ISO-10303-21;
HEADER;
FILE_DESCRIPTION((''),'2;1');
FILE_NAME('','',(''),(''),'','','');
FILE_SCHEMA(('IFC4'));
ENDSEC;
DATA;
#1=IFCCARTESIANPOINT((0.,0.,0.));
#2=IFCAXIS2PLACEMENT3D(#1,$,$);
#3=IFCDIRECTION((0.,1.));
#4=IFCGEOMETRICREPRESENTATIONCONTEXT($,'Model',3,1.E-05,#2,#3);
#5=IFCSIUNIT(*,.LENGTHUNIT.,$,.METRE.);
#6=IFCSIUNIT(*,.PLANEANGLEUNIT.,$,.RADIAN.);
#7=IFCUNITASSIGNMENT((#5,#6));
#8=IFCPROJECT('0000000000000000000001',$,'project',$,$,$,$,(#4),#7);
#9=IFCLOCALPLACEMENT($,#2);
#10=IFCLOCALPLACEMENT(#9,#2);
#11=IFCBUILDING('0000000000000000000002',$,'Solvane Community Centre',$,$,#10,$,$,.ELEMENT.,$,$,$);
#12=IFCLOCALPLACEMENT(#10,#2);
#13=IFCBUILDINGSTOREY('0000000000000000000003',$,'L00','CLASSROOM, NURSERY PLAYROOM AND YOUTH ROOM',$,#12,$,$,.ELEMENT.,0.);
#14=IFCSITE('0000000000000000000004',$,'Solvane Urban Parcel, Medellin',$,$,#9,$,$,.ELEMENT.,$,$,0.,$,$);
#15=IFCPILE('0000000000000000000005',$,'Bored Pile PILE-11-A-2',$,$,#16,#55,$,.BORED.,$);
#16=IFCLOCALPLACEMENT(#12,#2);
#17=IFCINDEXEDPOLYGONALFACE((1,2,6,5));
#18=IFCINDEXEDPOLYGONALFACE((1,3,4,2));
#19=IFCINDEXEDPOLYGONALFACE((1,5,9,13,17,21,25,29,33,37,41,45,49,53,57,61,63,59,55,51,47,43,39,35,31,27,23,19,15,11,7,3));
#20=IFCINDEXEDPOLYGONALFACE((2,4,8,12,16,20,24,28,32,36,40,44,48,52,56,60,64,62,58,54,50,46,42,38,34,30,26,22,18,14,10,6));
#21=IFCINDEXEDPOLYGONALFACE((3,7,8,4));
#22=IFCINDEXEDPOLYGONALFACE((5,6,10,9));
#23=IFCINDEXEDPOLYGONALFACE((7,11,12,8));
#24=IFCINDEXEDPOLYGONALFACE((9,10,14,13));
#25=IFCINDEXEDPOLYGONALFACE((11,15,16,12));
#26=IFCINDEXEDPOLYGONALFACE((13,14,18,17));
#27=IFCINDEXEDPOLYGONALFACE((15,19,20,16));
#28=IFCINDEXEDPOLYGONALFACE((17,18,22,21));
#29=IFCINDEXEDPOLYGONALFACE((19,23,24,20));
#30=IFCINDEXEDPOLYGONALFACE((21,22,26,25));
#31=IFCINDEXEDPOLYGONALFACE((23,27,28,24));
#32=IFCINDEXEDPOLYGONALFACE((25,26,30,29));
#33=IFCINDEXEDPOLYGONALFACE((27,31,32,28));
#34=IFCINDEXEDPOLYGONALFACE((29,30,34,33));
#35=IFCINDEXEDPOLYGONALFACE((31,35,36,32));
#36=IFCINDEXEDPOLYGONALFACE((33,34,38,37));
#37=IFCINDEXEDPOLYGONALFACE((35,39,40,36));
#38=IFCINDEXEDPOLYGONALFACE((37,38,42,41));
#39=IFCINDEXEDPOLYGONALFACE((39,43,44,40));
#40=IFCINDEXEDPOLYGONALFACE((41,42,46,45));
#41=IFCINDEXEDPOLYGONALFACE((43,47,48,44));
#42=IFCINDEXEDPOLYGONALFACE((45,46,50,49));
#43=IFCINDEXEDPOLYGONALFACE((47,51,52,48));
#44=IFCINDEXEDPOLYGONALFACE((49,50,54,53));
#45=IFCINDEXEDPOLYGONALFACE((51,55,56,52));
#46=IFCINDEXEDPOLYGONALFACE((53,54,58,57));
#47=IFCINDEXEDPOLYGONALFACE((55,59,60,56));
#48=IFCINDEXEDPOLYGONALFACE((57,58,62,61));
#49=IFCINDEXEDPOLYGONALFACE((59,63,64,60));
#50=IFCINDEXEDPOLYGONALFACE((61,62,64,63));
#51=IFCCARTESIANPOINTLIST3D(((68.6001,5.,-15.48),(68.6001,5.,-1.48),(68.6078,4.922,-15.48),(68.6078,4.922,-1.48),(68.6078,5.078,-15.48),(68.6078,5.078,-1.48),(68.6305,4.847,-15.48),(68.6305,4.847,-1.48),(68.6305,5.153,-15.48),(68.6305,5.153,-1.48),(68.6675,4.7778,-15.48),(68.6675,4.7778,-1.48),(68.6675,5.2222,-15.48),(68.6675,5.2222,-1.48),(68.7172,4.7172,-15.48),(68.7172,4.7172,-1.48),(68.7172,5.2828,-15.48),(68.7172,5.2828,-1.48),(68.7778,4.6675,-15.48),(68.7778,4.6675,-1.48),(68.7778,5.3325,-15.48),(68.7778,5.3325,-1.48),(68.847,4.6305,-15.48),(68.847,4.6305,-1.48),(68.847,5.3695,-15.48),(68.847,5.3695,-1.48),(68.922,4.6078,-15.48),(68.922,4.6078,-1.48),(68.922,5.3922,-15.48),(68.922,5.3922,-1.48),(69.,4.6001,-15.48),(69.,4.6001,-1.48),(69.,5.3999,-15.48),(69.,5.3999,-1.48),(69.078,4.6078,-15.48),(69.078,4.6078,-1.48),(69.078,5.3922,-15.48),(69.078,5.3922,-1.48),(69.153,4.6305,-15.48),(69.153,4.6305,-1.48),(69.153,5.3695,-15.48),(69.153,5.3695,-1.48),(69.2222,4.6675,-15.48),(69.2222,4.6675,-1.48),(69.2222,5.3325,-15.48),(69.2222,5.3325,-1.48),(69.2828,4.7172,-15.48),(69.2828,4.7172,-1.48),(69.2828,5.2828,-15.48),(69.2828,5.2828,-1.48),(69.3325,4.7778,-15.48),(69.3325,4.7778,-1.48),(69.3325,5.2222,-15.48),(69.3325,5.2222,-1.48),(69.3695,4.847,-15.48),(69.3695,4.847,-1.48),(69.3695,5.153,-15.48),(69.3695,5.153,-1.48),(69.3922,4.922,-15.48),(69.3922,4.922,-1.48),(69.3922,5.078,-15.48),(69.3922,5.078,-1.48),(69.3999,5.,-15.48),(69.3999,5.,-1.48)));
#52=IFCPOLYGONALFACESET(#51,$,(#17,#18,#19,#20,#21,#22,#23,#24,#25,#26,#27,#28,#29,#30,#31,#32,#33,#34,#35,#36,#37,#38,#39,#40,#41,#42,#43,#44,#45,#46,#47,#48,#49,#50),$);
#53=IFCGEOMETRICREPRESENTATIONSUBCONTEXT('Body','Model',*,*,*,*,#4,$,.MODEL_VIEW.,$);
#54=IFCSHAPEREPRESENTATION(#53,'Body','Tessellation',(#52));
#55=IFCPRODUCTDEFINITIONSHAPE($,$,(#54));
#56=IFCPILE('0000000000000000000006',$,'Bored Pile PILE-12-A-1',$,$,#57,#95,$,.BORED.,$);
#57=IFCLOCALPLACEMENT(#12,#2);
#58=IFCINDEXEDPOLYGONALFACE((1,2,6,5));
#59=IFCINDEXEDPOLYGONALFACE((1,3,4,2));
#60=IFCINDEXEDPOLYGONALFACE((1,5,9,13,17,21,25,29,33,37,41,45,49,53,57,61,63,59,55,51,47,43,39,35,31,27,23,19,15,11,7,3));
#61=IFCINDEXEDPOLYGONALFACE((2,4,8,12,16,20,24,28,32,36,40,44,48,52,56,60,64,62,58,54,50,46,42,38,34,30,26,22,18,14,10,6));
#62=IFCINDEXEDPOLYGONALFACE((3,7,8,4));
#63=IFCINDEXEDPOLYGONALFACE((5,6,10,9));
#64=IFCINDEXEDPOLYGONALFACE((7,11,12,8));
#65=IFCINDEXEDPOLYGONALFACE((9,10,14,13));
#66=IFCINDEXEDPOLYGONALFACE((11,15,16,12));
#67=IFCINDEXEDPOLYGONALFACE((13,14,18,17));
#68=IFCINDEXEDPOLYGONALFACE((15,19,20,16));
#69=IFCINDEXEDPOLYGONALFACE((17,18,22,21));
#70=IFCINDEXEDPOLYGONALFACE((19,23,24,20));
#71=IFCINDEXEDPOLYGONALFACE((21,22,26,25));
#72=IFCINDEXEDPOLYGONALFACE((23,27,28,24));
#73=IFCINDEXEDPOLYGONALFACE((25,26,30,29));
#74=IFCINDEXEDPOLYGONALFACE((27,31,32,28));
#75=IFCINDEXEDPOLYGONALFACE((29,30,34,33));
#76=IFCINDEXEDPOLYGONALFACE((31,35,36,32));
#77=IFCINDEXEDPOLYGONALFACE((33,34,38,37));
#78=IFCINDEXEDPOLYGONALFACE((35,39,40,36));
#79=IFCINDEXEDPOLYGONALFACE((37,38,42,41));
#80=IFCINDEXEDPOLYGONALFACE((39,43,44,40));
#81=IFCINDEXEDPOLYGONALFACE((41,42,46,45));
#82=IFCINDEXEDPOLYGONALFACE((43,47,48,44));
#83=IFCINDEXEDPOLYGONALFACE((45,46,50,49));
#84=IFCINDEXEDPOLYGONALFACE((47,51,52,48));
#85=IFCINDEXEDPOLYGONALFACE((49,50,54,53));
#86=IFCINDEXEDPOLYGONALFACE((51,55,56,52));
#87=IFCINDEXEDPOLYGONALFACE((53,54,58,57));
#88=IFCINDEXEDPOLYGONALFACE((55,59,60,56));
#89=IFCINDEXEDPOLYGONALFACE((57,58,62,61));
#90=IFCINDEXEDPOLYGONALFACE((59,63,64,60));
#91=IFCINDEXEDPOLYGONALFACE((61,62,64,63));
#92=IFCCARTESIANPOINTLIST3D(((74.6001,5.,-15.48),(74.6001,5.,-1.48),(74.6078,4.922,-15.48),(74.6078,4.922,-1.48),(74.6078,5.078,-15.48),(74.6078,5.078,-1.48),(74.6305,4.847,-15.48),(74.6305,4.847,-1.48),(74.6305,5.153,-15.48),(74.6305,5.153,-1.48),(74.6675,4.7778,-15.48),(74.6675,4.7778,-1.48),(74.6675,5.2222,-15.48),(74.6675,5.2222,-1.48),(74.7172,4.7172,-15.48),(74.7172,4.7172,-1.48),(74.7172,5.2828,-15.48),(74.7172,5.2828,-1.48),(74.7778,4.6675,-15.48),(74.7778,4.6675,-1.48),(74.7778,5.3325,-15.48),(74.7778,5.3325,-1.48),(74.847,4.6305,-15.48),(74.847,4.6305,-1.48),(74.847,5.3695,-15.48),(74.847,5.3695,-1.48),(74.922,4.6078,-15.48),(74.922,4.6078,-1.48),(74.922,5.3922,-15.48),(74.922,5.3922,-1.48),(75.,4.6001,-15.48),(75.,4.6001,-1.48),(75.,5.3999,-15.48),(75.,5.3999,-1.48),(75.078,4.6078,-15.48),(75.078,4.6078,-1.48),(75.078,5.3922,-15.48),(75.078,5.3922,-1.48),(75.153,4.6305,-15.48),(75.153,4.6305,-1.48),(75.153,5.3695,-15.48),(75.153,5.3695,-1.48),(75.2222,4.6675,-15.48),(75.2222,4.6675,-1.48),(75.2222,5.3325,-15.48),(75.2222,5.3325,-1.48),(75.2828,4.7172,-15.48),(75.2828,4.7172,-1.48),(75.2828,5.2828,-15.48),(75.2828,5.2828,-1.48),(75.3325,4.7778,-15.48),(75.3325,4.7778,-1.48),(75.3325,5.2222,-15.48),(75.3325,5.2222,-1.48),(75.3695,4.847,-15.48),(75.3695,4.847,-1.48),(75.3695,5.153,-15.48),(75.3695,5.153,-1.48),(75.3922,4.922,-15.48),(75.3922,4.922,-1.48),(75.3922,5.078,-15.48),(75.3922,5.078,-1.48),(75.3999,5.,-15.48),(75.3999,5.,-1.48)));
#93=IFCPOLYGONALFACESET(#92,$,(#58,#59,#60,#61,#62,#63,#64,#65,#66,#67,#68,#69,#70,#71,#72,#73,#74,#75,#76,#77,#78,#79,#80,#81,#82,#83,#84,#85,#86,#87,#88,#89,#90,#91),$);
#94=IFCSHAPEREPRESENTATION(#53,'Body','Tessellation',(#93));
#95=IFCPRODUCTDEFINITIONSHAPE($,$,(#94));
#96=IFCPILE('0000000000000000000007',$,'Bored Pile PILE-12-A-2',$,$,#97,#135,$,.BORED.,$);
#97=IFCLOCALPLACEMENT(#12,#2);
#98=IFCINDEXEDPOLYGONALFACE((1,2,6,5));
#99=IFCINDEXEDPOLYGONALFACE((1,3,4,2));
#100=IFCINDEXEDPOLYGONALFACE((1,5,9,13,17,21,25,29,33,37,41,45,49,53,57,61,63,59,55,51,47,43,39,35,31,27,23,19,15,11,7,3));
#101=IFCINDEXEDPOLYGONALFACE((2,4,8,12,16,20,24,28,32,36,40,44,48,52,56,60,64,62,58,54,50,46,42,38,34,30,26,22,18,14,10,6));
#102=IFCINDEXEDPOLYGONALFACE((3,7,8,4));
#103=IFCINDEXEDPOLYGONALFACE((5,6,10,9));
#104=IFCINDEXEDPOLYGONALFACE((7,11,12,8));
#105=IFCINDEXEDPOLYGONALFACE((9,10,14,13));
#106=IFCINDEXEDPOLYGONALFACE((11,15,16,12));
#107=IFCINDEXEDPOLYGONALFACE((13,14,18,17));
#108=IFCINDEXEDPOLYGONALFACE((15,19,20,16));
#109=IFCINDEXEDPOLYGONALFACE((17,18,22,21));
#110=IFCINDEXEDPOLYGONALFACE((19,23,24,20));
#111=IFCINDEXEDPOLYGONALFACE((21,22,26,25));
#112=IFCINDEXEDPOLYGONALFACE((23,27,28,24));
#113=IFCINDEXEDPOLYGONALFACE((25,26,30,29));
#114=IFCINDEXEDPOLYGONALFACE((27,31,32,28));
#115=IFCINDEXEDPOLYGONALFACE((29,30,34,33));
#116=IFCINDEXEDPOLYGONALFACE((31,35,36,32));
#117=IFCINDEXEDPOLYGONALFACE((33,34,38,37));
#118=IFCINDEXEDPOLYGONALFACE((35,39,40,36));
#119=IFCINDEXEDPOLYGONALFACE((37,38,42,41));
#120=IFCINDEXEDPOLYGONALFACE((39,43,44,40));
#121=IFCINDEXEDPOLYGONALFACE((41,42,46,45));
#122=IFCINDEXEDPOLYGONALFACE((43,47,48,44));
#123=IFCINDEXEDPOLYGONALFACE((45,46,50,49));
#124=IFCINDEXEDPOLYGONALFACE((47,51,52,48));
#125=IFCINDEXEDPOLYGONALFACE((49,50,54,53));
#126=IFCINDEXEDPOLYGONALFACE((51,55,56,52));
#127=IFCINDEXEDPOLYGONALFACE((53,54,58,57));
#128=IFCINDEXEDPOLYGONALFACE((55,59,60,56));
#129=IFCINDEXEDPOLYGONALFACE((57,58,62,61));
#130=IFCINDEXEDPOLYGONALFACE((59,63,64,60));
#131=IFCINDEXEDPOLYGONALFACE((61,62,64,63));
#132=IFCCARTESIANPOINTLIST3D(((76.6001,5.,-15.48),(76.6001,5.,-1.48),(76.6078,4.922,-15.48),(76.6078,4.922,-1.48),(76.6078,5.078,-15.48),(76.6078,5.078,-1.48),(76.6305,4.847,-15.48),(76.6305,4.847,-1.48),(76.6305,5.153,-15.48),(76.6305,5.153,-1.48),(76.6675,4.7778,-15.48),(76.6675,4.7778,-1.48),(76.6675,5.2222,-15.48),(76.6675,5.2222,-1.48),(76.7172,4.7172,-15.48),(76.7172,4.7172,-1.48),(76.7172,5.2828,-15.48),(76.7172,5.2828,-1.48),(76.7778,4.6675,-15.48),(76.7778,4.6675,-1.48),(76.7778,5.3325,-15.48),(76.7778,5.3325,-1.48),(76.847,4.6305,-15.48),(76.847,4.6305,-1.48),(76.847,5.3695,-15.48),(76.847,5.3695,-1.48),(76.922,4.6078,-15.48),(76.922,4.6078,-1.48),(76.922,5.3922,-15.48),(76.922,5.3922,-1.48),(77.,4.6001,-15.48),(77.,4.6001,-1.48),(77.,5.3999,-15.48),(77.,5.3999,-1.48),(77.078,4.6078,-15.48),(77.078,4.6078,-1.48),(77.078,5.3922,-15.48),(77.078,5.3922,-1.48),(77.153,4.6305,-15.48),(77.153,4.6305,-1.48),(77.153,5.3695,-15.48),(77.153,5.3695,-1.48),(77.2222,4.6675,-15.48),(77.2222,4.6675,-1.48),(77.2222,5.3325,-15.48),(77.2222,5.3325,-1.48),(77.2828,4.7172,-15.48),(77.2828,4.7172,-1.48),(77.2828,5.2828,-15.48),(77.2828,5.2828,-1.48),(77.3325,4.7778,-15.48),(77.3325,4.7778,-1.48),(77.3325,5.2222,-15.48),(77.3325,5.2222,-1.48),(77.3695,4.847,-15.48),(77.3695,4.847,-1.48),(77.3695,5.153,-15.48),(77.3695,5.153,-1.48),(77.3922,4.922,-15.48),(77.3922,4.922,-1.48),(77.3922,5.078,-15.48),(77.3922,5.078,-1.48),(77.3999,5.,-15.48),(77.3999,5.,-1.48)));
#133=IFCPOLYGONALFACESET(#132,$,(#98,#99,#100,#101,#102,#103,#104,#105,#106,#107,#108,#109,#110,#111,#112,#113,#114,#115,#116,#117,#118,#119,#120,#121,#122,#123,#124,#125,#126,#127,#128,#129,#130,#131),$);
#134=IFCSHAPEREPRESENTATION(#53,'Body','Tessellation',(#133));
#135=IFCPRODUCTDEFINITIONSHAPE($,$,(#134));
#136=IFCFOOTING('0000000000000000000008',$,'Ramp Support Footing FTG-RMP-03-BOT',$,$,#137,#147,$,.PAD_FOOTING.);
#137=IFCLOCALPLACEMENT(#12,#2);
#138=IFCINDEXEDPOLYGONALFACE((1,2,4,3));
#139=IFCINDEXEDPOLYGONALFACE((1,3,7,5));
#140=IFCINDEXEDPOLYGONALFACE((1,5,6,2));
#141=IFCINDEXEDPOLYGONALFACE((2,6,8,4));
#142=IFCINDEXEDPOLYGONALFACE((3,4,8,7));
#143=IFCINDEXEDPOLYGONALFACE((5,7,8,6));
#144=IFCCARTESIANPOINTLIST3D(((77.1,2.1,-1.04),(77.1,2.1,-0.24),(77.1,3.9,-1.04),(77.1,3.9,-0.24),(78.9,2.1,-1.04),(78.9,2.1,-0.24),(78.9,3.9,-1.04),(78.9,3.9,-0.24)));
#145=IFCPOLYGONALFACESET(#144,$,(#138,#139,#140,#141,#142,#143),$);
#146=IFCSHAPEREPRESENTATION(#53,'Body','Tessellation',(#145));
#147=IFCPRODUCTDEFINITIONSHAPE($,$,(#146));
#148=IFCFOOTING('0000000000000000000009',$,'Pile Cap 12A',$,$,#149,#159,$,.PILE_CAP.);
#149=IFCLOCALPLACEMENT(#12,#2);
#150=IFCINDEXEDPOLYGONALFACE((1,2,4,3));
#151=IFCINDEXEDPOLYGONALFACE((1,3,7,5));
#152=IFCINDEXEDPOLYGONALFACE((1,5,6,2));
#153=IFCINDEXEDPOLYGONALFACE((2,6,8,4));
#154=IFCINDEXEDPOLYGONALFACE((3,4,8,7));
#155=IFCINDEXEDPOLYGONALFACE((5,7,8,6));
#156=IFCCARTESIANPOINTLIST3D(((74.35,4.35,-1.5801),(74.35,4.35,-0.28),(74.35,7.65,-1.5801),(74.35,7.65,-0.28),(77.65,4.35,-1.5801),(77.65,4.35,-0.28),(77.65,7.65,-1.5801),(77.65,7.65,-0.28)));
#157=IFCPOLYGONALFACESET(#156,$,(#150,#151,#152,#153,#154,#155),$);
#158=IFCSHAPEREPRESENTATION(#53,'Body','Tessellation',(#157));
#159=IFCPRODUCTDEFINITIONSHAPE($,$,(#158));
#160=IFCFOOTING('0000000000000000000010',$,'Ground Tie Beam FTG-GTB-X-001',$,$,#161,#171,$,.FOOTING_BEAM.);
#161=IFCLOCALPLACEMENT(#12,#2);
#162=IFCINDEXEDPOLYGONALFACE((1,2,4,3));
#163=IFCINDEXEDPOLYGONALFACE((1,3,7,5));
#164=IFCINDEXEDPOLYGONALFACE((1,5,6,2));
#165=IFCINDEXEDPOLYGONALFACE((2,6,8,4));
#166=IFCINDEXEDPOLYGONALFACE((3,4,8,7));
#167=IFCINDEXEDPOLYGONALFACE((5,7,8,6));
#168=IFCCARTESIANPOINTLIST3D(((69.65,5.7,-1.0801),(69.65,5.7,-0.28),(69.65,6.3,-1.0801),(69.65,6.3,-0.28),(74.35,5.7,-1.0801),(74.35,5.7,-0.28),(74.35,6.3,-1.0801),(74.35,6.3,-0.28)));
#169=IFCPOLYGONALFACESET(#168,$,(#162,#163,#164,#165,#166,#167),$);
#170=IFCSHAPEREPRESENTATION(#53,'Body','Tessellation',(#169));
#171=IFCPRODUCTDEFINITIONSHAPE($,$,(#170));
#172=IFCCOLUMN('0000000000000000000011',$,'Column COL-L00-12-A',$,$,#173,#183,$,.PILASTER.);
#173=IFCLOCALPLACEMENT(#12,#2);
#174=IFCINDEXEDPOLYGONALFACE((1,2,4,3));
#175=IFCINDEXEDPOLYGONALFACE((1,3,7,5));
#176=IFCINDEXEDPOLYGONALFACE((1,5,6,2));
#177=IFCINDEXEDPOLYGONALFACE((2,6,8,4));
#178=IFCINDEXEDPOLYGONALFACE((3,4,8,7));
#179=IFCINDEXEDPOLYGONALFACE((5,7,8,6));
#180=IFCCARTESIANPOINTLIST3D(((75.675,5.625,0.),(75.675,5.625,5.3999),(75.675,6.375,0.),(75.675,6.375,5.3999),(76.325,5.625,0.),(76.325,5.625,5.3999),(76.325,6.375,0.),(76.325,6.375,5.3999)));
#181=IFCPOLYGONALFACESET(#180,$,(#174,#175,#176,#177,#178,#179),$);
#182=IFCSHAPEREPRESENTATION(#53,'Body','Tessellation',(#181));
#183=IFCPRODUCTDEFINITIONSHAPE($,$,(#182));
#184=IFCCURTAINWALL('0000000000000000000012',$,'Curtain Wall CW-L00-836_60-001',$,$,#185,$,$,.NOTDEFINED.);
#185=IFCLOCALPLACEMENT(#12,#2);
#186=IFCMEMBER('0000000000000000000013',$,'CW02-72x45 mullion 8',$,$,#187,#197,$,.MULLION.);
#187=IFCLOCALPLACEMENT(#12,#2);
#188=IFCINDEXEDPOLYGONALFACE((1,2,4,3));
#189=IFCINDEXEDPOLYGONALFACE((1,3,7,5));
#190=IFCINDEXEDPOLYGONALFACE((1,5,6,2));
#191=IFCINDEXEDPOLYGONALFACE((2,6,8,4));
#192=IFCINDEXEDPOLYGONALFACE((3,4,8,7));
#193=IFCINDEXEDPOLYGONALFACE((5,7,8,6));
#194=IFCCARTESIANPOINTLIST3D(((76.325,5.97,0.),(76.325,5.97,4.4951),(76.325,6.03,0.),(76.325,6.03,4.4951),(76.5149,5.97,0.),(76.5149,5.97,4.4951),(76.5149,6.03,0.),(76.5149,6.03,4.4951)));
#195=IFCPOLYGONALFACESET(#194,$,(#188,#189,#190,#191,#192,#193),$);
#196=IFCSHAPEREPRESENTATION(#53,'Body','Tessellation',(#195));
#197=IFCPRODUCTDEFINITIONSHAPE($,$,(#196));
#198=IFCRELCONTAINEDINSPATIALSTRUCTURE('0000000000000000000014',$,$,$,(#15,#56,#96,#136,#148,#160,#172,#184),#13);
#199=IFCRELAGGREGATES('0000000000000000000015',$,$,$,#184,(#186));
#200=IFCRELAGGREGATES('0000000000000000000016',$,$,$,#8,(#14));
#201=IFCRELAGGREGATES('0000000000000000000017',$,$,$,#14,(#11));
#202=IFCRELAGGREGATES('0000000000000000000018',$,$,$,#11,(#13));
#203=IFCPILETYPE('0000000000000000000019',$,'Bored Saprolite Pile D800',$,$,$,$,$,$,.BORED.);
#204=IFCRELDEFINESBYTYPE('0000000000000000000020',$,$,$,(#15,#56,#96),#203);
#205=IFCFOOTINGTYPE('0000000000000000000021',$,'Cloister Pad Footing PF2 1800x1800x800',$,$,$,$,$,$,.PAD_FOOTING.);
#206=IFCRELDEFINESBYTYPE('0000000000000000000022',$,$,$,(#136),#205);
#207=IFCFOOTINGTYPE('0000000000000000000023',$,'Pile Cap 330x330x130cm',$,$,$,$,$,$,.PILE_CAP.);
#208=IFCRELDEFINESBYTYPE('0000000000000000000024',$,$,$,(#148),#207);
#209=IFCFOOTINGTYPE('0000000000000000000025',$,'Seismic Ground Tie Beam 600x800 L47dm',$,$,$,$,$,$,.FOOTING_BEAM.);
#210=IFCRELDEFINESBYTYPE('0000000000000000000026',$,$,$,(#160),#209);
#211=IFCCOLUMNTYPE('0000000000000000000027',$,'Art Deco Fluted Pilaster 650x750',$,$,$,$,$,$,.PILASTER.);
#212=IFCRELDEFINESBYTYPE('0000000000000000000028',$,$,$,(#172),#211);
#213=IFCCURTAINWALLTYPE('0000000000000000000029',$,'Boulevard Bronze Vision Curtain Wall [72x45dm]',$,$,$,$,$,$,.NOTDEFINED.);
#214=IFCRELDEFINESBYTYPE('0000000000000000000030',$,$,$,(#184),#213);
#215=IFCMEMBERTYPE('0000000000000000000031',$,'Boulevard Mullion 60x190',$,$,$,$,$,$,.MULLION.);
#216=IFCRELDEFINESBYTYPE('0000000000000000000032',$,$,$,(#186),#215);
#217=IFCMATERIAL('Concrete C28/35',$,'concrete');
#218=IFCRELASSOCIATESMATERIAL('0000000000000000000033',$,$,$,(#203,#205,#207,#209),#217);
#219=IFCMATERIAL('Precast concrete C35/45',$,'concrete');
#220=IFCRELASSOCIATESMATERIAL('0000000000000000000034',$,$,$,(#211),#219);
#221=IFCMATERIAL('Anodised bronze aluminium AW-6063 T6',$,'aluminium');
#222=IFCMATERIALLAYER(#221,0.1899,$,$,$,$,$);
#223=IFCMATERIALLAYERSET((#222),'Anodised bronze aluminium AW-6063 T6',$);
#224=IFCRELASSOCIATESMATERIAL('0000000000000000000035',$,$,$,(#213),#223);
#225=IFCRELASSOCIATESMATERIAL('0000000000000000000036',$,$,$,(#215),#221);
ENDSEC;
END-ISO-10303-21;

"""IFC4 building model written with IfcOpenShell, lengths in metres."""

from ifc_helpers import new_model, si_unit, direction, frame, origin, origin_2d, place, context, subcontext, project, spatial, rectangle, circle, extrude, material, layer, layer_set, material_profile, profile_set, type_object, element, aggregate, save


model = new_model("IFC4")

# Units and contexts
model_context = context("Model", 3, precision=1e-05, world=origin(), true_north=direction((0.0, 1.0)))
body_context = subcontext(model_context, "Body", "Model", "MODEL_VIEW")
ifc_project = project(units=[si_unit("LENGTHUNIT", "METRE"), si_unit("PLANEANGLEUNIT", "RADIAN")], contexts=[model_context])

# Site, building, storey
site_placement = place(None, origin())
site = spatial("IfcSite", under=ifc_project, at=site_placement, Name="Solvane Urban Parcel, Medellin", CompositionType="ELEMENT", RefElevation=0.0)
building_placement = place(site_placement, origin())
building = spatial("IfcBuilding", under=site, at=building_placement, Name="Solvane Community Centre", CompositionType="ELEMENT")
storey_placement = place(building_placement, origin())
storey = spatial("IfcBuildingStorey", under=building, at=storey_placement, Name="L00", Description="CLASSROOM, NURSERY PLAYROOM AND YOUTH ROOM", CompositionType="ELEMENT", Elevation=0.0)

# Piles
ifc_material_1 = material(Name="Concrete C28/35", Category="concrete")
ifc_material_profile_1 = material_profile(ifc_material_1, circle(Radius=0.3999, at=origin_2d()), Name="PILE D800")
ifc_profile_set_1 = profile_set([ifc_material_profile_1], Name="Concrete C28/35")
pile_type = type_object("IfcPileType", Name="Bored Saprolite Pile D800", PredefinedType="BORED", material=ifc_profile_set_1)
for number, where, z_axis, x_axis, name in (
    (1, (69.0, 5.0, -1.48), (0.0, 0.0, -1.0), (1.0, 0.0, 0.0), "Bored Pile PILE-11-A-2"),
    (2, (75.0, 5.0, -1.48), (0.0, 0.0, -1.0), (1.0, 0.0, 0.0), "Bored Pile PILE-12-A-1"),
    (3, (77.0, 5.0, -1.48), (0.0, 0.0, -1.0), (1.0, 0.0, 0.0), "Bored Pile PILE-12-A-2"),
):
    element("IfcPile", number, at=place(storey_placement, frame(where, z_axis=z_axis, x_axis=x_axis)), inside=storey, type_object=pile_type, Name=name, PredefinedType="BORED", context=body_context, shape_type="SweptSolid", body=[
        extrude(circle(Radius=0.3999, at=origin_2d()), origin(), (0.0, 0.0, 1.0), 14.0),
    ])

# Footings
footing_type_1 = type_object("IfcFootingType", Name="Cloister Pad Footing PF2 1800x1800x800", PredefinedType="PAD_FOOTING", material=ifc_material_1)
footing_1_placement = place(storey_placement, frame((78.0, 3.0, -1.04), z_axis=(0.0, 0.0, 1.0), x_axis=(1.0, 0.0, 0.0)))
element("IfcFooting", 4, at=footing_1_placement, inside=storey, type_object=footing_type_1, Name="Ramp Support Footing FTG-RMP-03-BOT", PredefinedType="PAD_FOOTING", context=body_context, shape_type="SweptSolid", body=[
    extrude(rectangle(XDim=1.8, YDim=1.8, at=origin_2d()), origin(), (0.0, 0.0, 1.0), 0.8),
])
footing_type_2 = type_object("IfcFootingType", Name="Pile Cap 330x330x130cm", PredefinedType="PILE_CAP", material=ifc_material_1)
footing_2_placement = place(storey_placement, frame((76.0, 6.0, -1.5801), z_axis=(0.0, 0.0, 1.0), x_axis=(1.0, 0.0, 0.0)))
element("IfcFooting", 5, at=footing_2_placement, inside=storey, type_object=footing_type_2, Name="Pile Cap 12A", PredefinedType="PILE_CAP", context=body_context, shape_type="SweptSolid", body=[
    extrude(rectangle(XDim=3.3, YDim=3.3, at=origin_2d()), origin(), (0.0, 0.0, 1.0), 1.3),
])
footing_type_3 = type_object("IfcFootingType", Name="Seismic Ground Tie Beam 600x800 L47dm", PredefinedType="FOOTING_BEAM", material=ifc_material_1)
footing_3_placement = place(storey_placement, frame((72.0, 6.0, -1.0801), z_axis=(0.0, 0.0, 1.0), x_axis=(1.0, 0.0, 0.0)))
element("IfcFooting", 6, at=footing_3_placement, inside=storey, type_object=footing_type_3, Name="Ground Tie Beam FTG-GTB-X-001", PredefinedType="FOOTING_BEAM", context=body_context, shape_type="SweptSolid", body=[
    extrude(rectangle(XDim=4.7, YDim=0.6001, at=origin_2d()), origin(), (0.0, 0.0, 1.0), 0.8),
])

# Column
ifc_material_2 = material(Name="Precast concrete C35/45", Category="concrete")
ifc_material_profile_2 = material_profile(ifc_material_2, rectangle(XDim=0.6499, YDim=0.75, at=origin_2d()), Name="RC 650x750")
ifc_profile_set_2 = profile_set([ifc_material_profile_2], Name="Precast concrete C35/45")
column_type = type_object("IfcColumnType", Name="Art Deco Fluted Pilaster 650x750", PredefinedType="PILASTER", material=ifc_profile_set_2)
column_placement = place(storey_placement, frame((76.0, 6.0, 0.0), z_axis=(0.0, 0.0, 1.0), x_axis=(1.0, 0.0, 0.0)))
element("IfcColumn", 7, at=column_placement, inside=storey, type_object=column_type, Name="Column COL-L00-12-A", PredefinedType="PILASTER", context=body_context, shape_type="SweptSolid", body=[
    extrude(rectangle(XDim=0.6499, YDim=0.75, at=origin_2d()), origin(), (0.0, 0.0, 1.0), 5.3999),
])

# Curtain wall, member
ifc_material_3 = material(Name="Anodised bronze aluminium AW-6063 T6", Category="aluminium")
ifc_layer_1 = layer(ifc_material_3, 0.1899)
ifc_layer_set_1 = layer_set([ifc_layer_1], Name="Anodised bronze aluminium AW-6063 T6")
curtain_wall_type = type_object("IfcCurtainWallType", Name="Boulevard Bronze Vision Curtain Wall [72x45dm]", PredefinedType="NOTDEFINED", material=ifc_layer_set_1)
curtain_wall_placement = place(storey_placement, origin())
curtain_wall = element("IfcCurtainWall", 8, at=curtain_wall_placement, inside=storey, type_object=curtain_wall_type, Name="Curtain Wall CW-L00-836_60-001", PredefinedType="NOTDEFINED")
ifc_material_profile_3 = material_profile(ifc_material_3, rectangle(XDim=0.0601, YDim=0.1899, at=origin_2d()), Name="CW-M 60x190")
ifc_profile_set_3 = profile_set([ifc_material_profile_3], Name="Anodised bronze aluminium AW-6063 T6")
member_type_1 = type_object("IfcMemberType", Name="Boulevard Mullion 60x190", PredefinedType="MULLION", material=ifc_profile_set_3)
member_1_placement = place(storey_placement, frame((76.4199, 6.0, 0.0), z_axis=(0.0, 0.0, 1.0), x_axis=(0.0, -1.0, 0.0)))
member_1 = element("IfcMember", 9, at=member_1_placement, type_object=member_type_1, Name="CW02-72x45 mullion 8", PredefinedType="MULLION", context=body_context, shape_type="SweptSolid", body=[
    extrude(rectangle(XDim=0.0601, YDim=0.1899, at=origin_2d()), origin(), (0.0, 0.0, 1.0), 4.4951),
])

aggregate(curtain_wall, [member_1])

save(model, "model.ifc")
